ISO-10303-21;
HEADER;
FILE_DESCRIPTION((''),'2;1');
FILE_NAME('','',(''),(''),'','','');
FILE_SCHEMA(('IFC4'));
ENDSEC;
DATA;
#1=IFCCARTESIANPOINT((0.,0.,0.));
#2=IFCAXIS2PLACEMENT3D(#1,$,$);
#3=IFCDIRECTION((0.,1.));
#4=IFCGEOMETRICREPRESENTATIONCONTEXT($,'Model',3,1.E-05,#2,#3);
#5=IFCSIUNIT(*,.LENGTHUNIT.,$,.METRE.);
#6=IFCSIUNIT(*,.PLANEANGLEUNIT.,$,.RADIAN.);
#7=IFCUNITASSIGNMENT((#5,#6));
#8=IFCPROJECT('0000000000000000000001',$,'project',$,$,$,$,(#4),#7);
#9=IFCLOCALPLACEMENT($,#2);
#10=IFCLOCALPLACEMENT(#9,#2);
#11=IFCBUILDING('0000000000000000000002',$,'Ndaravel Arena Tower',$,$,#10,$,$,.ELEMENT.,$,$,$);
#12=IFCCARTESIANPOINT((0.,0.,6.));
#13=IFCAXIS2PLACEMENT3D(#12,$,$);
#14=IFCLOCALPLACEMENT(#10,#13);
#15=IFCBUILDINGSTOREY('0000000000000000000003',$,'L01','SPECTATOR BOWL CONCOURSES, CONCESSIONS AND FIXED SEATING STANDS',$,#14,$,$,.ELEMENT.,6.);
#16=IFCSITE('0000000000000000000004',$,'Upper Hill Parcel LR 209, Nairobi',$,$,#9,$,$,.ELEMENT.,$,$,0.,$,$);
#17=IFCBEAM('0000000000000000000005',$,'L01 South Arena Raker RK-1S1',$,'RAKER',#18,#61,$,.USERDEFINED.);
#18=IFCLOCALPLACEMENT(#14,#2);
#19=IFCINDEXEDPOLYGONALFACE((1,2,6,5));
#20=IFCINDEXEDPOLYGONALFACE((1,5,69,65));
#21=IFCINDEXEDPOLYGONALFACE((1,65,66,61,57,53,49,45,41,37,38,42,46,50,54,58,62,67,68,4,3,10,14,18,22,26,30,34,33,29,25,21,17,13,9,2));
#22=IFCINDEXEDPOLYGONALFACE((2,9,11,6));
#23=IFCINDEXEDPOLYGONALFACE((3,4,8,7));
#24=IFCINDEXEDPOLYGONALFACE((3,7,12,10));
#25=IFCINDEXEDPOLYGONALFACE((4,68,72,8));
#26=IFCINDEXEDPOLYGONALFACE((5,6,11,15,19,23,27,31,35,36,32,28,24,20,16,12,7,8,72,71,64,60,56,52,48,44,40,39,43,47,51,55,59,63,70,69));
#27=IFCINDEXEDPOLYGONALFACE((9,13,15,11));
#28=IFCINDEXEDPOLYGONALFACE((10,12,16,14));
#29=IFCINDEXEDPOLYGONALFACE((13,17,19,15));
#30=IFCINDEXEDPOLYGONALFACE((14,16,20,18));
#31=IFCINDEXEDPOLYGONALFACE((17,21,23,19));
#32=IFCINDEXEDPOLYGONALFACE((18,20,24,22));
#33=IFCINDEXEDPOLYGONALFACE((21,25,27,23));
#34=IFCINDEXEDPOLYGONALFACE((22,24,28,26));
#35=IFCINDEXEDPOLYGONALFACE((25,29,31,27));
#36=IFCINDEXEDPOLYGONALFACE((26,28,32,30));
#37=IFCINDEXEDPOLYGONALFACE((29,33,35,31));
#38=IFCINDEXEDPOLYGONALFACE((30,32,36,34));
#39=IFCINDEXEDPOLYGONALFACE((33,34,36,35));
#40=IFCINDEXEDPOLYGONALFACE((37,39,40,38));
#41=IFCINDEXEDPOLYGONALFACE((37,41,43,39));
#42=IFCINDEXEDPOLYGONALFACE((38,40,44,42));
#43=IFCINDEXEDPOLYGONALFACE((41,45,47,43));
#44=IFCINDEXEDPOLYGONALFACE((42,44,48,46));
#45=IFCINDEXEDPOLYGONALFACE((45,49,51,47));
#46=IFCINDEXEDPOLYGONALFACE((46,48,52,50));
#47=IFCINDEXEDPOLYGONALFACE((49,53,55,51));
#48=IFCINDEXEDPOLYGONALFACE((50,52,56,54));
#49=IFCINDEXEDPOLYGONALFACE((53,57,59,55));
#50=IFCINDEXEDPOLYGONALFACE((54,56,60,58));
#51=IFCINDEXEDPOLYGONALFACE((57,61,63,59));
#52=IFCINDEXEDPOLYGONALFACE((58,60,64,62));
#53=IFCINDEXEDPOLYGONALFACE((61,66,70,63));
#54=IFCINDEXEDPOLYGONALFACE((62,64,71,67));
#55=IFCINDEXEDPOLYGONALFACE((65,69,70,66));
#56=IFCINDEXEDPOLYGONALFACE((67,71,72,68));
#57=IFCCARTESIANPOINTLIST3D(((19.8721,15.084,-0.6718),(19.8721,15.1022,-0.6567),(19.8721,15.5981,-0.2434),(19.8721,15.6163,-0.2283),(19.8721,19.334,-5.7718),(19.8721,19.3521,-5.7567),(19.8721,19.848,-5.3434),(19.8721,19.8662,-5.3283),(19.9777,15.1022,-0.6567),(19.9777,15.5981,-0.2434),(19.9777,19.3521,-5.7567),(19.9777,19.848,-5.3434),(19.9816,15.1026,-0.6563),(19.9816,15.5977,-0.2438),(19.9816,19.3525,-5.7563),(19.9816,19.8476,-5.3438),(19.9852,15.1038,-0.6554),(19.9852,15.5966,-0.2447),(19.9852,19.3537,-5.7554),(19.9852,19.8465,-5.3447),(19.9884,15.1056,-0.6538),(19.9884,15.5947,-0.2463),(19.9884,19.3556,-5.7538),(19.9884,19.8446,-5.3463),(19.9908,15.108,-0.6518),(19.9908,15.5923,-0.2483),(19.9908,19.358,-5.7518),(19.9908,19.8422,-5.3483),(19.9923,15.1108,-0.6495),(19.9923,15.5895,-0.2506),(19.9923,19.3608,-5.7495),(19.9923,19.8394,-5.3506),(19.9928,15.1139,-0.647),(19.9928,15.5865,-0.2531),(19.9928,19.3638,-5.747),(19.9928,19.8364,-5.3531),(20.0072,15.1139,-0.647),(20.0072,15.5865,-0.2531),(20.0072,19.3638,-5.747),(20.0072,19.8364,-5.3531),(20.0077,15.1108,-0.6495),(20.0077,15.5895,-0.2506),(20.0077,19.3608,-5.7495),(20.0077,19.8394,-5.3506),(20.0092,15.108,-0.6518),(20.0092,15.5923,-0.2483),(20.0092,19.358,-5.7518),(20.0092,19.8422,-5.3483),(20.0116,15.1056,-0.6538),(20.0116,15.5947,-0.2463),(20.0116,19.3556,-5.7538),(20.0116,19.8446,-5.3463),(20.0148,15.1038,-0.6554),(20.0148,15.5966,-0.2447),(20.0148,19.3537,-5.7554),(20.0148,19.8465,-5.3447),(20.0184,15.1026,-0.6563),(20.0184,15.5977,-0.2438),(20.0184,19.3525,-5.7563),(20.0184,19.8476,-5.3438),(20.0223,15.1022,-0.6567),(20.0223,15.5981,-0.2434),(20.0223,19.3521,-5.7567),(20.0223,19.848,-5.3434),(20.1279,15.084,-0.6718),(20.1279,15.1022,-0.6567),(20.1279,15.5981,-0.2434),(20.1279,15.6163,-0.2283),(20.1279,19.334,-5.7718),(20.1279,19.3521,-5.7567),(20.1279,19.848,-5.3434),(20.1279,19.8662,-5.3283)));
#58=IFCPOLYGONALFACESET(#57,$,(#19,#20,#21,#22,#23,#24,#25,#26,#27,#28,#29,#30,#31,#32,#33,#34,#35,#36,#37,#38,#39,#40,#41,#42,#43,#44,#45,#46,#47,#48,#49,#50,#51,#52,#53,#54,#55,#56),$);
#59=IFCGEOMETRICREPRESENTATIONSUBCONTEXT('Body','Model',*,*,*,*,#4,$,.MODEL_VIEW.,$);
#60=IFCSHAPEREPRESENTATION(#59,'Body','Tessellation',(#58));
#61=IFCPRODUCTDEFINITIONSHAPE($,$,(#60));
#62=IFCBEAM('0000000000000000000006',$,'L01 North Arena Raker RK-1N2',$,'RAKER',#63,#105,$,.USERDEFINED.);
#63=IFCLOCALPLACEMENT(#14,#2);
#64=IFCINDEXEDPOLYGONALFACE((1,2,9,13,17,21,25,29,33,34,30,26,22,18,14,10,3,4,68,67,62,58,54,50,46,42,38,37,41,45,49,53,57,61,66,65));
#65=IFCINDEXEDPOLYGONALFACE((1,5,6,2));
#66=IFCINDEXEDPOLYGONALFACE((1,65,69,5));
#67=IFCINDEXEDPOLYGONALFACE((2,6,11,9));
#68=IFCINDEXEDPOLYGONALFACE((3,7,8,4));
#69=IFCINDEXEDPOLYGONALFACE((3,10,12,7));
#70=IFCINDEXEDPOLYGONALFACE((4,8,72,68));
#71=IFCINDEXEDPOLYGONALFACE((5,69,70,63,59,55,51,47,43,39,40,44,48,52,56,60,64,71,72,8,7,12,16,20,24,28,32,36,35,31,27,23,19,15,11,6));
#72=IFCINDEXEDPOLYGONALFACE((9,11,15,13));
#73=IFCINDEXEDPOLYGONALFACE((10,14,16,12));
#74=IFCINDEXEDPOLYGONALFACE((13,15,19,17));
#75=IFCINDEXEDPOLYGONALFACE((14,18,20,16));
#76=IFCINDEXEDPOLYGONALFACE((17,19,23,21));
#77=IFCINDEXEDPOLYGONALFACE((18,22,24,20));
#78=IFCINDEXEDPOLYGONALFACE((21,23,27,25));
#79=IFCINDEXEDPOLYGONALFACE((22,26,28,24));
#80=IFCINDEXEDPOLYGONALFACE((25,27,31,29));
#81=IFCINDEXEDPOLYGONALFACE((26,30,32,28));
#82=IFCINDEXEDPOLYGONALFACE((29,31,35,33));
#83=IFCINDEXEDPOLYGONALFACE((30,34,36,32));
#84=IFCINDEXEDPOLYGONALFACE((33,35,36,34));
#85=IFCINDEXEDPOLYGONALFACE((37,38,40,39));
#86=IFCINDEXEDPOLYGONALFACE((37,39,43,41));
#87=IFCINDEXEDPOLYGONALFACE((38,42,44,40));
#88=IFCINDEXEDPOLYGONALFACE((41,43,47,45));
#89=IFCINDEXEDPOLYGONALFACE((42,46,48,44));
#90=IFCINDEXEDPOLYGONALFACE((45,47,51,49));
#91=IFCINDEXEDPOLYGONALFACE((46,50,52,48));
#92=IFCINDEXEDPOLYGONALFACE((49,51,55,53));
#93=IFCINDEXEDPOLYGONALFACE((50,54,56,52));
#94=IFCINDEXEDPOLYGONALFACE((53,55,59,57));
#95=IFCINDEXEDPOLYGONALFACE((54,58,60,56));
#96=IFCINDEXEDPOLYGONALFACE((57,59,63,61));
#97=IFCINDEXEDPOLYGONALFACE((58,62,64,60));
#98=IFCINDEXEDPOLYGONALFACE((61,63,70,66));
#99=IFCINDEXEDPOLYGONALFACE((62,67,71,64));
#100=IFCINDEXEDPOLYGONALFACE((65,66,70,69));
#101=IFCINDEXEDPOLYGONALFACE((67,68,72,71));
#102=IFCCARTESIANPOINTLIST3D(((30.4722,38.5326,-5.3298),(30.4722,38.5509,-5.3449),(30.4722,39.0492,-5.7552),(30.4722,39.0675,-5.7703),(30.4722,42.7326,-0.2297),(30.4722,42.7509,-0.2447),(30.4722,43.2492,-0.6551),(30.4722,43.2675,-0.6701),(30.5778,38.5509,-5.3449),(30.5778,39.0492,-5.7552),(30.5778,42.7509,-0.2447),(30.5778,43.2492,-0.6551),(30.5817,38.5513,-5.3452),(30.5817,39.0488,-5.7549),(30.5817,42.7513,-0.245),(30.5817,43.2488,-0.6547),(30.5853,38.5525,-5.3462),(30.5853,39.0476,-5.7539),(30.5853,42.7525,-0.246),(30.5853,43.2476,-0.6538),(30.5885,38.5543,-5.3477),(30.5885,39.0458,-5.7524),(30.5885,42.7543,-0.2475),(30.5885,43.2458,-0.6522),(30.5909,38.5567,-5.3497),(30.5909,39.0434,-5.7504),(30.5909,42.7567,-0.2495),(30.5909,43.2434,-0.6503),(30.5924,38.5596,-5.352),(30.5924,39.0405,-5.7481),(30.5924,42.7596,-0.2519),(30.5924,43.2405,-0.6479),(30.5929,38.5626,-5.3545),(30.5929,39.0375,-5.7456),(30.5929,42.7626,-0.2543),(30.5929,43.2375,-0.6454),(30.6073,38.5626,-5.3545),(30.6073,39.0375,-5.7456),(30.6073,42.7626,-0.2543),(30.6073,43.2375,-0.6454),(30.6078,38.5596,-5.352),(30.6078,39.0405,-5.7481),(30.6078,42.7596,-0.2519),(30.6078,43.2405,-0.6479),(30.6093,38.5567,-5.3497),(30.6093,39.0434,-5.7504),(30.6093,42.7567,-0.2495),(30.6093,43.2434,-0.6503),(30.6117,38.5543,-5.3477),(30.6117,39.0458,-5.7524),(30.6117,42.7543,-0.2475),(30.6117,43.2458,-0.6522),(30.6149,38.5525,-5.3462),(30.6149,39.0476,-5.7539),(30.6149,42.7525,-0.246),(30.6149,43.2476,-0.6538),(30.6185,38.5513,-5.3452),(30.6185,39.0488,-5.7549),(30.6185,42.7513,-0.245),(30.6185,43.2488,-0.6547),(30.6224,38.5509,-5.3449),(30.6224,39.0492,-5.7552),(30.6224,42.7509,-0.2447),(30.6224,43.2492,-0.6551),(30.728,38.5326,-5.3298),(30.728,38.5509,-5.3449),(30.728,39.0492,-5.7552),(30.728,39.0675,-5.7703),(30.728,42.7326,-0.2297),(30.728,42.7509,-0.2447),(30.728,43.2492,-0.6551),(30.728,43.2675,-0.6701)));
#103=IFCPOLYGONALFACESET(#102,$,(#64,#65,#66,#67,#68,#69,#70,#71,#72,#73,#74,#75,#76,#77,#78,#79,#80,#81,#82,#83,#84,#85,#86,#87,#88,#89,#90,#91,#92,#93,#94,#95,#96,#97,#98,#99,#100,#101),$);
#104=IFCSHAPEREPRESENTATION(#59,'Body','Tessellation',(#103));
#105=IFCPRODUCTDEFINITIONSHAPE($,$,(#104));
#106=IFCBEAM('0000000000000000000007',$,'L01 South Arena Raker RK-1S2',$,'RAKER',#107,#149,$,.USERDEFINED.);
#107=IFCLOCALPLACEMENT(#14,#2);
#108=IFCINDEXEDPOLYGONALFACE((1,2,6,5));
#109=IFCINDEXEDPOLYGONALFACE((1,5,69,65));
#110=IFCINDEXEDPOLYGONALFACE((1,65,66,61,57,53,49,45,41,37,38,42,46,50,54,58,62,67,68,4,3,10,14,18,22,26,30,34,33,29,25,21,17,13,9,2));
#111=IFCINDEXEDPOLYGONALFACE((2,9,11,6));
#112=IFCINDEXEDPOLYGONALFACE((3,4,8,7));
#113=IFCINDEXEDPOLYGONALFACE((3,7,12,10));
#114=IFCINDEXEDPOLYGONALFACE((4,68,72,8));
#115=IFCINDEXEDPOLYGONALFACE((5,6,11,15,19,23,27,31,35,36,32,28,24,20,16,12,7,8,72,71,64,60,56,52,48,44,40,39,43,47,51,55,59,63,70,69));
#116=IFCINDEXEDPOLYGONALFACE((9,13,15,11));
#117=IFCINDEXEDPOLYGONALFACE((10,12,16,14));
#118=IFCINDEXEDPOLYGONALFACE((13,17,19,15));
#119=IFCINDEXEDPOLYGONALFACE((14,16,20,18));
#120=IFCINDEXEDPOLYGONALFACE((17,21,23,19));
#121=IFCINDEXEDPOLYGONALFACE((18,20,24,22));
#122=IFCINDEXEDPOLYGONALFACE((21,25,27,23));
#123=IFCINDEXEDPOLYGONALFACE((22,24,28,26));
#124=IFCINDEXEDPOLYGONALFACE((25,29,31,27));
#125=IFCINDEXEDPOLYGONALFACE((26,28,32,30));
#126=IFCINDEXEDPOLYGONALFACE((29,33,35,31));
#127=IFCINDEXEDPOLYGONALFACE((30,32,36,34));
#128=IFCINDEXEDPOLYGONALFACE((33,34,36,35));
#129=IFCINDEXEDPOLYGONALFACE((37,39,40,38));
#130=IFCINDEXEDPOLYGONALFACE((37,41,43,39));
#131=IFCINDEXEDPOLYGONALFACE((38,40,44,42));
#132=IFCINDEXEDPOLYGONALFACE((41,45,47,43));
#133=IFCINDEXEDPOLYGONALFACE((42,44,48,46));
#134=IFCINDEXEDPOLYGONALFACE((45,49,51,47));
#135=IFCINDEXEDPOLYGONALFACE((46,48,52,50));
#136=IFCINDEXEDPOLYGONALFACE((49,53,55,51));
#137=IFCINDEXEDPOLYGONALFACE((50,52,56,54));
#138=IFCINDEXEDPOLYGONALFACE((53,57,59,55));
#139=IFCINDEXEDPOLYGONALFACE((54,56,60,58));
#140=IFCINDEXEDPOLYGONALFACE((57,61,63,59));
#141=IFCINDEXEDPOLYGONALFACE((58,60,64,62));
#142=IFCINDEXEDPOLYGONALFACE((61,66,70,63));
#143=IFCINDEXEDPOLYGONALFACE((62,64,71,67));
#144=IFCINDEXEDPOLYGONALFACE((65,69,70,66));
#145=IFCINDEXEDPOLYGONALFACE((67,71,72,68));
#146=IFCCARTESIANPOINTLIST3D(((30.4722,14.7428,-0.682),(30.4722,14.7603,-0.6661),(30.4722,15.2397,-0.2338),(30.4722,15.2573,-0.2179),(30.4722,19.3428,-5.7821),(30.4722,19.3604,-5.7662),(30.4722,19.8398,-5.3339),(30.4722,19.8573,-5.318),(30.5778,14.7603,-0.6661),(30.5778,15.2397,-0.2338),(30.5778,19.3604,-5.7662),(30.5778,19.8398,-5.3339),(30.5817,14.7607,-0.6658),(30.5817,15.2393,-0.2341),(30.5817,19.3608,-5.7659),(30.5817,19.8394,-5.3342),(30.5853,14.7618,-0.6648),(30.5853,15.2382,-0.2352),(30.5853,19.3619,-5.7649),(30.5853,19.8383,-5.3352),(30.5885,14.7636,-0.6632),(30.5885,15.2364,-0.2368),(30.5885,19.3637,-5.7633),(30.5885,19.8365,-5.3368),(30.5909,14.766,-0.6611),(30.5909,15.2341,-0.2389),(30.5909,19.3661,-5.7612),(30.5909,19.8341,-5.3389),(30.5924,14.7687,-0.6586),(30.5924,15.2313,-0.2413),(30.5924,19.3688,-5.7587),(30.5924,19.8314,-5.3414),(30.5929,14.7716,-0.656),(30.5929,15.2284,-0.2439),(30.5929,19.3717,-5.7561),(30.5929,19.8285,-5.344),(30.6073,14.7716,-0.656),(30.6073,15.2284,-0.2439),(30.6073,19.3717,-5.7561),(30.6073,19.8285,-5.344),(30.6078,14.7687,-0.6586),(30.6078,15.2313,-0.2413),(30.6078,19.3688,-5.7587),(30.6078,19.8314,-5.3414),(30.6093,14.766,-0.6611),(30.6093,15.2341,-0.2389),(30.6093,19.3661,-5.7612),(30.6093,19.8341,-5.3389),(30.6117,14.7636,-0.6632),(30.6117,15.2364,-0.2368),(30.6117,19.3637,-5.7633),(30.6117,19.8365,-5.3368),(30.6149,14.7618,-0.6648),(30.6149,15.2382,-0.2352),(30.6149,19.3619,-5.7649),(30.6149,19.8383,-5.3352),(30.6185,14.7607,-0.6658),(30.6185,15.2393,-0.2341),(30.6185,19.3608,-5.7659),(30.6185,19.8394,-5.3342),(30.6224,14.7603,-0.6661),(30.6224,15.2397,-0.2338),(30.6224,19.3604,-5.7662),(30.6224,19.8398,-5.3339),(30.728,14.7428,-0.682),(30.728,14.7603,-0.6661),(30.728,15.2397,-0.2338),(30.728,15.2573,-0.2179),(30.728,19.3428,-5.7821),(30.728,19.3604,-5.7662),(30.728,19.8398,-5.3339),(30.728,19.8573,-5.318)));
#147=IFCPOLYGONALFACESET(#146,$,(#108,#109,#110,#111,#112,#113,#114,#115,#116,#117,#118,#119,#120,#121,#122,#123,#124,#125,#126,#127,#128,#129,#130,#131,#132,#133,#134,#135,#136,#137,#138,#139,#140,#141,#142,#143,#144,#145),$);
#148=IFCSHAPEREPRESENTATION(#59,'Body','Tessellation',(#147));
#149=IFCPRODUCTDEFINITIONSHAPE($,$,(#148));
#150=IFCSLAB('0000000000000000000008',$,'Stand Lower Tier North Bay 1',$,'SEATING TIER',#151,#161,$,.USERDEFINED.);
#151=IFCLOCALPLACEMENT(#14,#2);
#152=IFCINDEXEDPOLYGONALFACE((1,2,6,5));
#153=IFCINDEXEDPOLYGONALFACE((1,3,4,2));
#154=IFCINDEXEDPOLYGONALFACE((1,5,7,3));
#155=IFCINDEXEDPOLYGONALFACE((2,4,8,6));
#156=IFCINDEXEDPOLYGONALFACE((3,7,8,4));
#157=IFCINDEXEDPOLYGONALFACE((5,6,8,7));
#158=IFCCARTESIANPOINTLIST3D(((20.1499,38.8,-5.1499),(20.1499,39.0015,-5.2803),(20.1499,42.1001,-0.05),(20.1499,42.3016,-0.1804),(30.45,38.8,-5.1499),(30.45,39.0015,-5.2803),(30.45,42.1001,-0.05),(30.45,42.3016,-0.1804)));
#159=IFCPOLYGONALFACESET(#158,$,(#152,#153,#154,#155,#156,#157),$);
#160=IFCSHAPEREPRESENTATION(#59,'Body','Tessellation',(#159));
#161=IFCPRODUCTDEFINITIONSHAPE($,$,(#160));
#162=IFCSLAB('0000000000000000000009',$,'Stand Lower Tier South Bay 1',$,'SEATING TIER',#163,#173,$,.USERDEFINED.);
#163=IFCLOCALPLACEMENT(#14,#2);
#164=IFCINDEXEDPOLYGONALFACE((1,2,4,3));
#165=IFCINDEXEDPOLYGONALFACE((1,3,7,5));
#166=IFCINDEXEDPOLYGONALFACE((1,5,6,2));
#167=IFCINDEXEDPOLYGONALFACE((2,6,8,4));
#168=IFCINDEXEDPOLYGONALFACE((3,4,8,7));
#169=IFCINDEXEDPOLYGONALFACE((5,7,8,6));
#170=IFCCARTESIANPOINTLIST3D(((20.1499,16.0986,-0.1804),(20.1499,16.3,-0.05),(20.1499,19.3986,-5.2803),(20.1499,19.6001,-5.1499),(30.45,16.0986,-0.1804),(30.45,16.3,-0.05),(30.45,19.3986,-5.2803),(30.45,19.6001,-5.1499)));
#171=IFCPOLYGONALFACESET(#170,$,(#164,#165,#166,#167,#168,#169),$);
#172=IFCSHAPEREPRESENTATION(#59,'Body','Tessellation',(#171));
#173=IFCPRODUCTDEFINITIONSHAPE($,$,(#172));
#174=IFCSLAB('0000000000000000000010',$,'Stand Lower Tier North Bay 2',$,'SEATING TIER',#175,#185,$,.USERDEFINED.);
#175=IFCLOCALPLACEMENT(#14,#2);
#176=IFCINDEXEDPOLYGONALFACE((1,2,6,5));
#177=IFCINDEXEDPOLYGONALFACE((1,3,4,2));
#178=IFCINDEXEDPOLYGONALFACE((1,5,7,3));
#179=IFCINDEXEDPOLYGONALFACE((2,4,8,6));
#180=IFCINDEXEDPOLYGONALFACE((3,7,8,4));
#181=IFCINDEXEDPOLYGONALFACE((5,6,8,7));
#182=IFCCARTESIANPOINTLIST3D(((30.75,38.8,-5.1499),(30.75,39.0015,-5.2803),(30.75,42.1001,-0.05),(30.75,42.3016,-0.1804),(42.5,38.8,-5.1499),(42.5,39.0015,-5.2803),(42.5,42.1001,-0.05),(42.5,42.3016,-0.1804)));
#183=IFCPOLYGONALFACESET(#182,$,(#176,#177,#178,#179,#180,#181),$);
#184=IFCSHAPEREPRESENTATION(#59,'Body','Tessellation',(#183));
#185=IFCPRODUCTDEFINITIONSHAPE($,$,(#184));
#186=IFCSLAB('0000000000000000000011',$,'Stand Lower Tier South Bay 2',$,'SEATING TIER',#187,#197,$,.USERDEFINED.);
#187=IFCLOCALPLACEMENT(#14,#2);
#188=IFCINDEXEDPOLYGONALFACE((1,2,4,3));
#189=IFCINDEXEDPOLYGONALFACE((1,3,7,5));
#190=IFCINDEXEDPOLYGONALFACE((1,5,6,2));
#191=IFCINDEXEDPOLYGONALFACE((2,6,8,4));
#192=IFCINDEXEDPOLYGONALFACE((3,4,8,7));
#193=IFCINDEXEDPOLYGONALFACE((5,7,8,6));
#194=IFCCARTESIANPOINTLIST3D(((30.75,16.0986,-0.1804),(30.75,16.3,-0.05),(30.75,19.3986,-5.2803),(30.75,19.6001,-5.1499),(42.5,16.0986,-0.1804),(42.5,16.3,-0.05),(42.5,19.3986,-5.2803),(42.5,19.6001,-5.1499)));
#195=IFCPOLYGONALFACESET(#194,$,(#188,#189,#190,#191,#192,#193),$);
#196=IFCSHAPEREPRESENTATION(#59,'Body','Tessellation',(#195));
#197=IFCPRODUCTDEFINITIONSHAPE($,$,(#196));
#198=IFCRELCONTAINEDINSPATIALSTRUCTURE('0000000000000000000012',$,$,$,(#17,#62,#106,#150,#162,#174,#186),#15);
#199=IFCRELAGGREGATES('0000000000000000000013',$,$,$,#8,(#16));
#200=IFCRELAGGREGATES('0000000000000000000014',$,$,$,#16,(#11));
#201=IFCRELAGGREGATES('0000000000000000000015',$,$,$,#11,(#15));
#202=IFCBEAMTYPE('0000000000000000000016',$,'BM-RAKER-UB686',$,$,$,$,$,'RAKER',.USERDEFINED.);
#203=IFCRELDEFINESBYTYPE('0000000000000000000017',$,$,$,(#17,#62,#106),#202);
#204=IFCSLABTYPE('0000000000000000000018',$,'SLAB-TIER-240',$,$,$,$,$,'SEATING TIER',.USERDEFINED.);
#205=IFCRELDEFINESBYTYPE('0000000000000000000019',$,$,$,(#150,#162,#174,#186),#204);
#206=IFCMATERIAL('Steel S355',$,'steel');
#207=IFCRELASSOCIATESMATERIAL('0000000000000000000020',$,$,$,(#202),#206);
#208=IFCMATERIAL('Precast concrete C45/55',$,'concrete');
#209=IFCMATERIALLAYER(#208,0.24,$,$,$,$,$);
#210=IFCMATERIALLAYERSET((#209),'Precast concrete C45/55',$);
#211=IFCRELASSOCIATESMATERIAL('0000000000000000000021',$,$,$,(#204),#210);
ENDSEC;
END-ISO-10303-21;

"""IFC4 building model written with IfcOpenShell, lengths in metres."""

from ifc_helpers import new_model, si_unit, direction, frame, origin, origin_2d, place, context, subcontext, project, spatial, polyline, i_section, outline, extrude, material, layer, layer_set, material_profile, profile_set, type_object, element, save


model = new_model("IFC4")

# Units and contexts
model_context = context("Model", 3, precision=1e-05, world=origin(), true_north=direction((0.0, 1.0)))
body_context = subcontext(model_context, "Body", "Model", "MODEL_VIEW")
ifc_project = project(units=[si_unit("LENGTHUNIT", "METRE"), si_unit("PLANEANGLEUNIT", "RADIAN")], contexts=[model_context])

# Site, building, storey
site_placement = place(None, origin())
site = spatial("IfcSite", under=ifc_project, at=site_placement, Name="Upper Hill Parcel LR 209, Nairobi", CompositionType="ELEMENT", RefElevation=0.0)
building_placement = place(site_placement, origin())
building = spatial("IfcBuilding", under=site, at=building_placement, Name="Ndaravel Arena Tower", CompositionType="ELEMENT")
storey_placement = place(building_placement, frame((0.0, 0.0, 6.0)))
storey = spatial("IfcBuildingStorey", under=building, at=storey_placement, Name="L01", Description="SPECTATOR BOWL CONCOURSES, CONCESSIONS AND FIXED SEATING STANDS", CompositionType="ELEMENT", Elevation=6.0)

# Beams
ifc_material_1 = material(Name="Steel S355", Category="steel")
ifc_material_profile_1 = material_profile(ifc_material_1, i_section(OverallWidth=0.2559, OverallDepth=0.6929, WebThickness=0.0144, FlangeThickness=0.0237, FilletRadius=0.0151, at=origin_2d()), Name="UB 686x254x170")
ifc_profile_set_1 = profile_set([ifc_material_profile_1], Name="Steel S355")
beam_type_1 = type_object("IfcBeamType", Name="BM-RAKER-UB686", ElementType="RAKER", PredefinedType="USERDEFINED", material=ifc_profile_set_1)
beam_1_placement = place(storey_placement, frame((20.0, 19.6001, -5.55), z_axis=(0.0, -0.640177, 0.768227), x_axis=(1.0, 0.0, 0.0)))
element("IfcBeam", 1, at=beam_1_placement, inside=storey, type_object=beam_type_1, Name="L01 South Arena Raker RK-1S1", ObjectType="RAKER", PredefinedType="USERDEFINED", context=body_context, shape_type="SweptSolid", body=[
    extrude(i_section(OverallWidth=0.2559, OverallDepth=0.6929, WebThickness=0.0144, FlangeThickness=0.0237, FilletRadius=0.0151, at=origin_2d()), origin(), (0.0, 0.0, 1.0), 6.6387),
])
beam_2_placement = place(storey_placement, frame((30.6001, 38.8, -5.55), z_axis=(0.0, 0.635696, 0.77194), x_axis=(-1.0, 0.0, 0.0)))
element("IfcBeam", 2, at=beam_2_placement, inside=storey, type_object=beam_type_1, Name="L01 North Arena Raker RK-1N2", ObjectType="RAKER", PredefinedType="USERDEFINED", context=body_context, shape_type="SweptSolid", body=[
    extrude(i_section(OverallWidth=0.2559, OverallDepth=0.6929, WebThickness=0.0144, FlangeThickness=0.0237, FilletRadius=0.0151, at=origin_2d()), origin(), (0.0, 0.0, 1.0), 6.6069),
])
beam_3_placement = place(storey_placement, frame((30.6001, 19.6001, -5.55), z_axis=(0.0, -0.66977, 0.742569), x_axis=(1.0, 0.0, 0.0)))
element("IfcBeam", 3, at=beam_3_placement, inside=storey, type_object=beam_type_1, Name="L01 South Arena Raker RK-1S2", ObjectType="RAKER", PredefinedType="USERDEFINED", context=body_context, shape_type="SweptSolid", body=[
    extrude(i_section(OverallWidth=0.2559, OverallDepth=0.6929, WebThickness=0.0144, FlangeThickness=0.0237, FilletRadius=0.0151, at=origin_2d()), origin(), (0.0, 0.0, 1.0), 6.8682),
])

# Slabs
ifc_material_2 = material(Name="Precast concrete C45/55", Category="concrete")
ifc_layer_1 = layer(ifc_material_2, 0.24)
ifc_layer_set_1 = layer_set([ifc_layer_1], Name="Precast concrete C45/55")
slab_type = type_object("IfcSlabType", Name="SLAB-TIER-240", ElementType="SEATING TIER", PredefinedType="USERDEFINED", material=ifc_layer_set_1)
for number, where, z_axis, x_axis, name in (
    (4, (20.1499, 38.8, -5.1499), (0.0, -0.839559, 0.543268), (1.0, 0.0, 0.0), "Stand Lower Tier North Bay 1"),
    (5, (20.1499, 16.3, -0.05), (0.0, 0.839559, 0.543268), (1.0, 0.0, 0.0), "Stand Lower Tier South Bay 1"),
):
    element("IfcSlab", number, at=place(storey_placement, frame(where, z_axis=z_axis, x_axis=x_axis)), inside=storey, type_object=slab_type, Name=name, ObjectType="SEATING TIER", PredefinedType="USERDEFINED", context=body_context, shape_type="SweptSolid", body=[
        extrude(outline(polyline([(0.0, 0.0), (10.3, 0.0), (10.3, 6.0744), (0.0, 6.0744), (0.0, 0.0)])), origin(), (0.0, 0.0, -1.0), 0.24),
    ])
for number, where, z_axis, x_axis, name in (
    (6, (30.75, 38.8, -5.1499), (0.0, -0.839559, 0.543268), (1.0, 0.0, 0.0), "Stand Lower Tier North Bay 2"),
    (7, (30.75, 16.3, -0.05), (0.0, 0.839559, 0.543268), (1.0, 0.0, 0.0), "Stand Lower Tier South Bay 2"),
):
    element("IfcSlab", number, at=place(storey_placement, frame(where, z_axis=z_axis, x_axis=x_axis)), inside=storey, type_object=slab_type, Name=name, ObjectType="SEATING TIER", PredefinedType="USERDEFINED", context=body_context, shape_type="SweptSolid", body=[
        extrude(outline(polyline([(0.0, 0.0), (11.75, 0.0), (11.75, 6.0744), (0.0, 6.0744), (0.0, 0.0)])), origin(), (0.0, 0.0, -1.0), 0.24),
    ])

save(model, "model.ifc")
